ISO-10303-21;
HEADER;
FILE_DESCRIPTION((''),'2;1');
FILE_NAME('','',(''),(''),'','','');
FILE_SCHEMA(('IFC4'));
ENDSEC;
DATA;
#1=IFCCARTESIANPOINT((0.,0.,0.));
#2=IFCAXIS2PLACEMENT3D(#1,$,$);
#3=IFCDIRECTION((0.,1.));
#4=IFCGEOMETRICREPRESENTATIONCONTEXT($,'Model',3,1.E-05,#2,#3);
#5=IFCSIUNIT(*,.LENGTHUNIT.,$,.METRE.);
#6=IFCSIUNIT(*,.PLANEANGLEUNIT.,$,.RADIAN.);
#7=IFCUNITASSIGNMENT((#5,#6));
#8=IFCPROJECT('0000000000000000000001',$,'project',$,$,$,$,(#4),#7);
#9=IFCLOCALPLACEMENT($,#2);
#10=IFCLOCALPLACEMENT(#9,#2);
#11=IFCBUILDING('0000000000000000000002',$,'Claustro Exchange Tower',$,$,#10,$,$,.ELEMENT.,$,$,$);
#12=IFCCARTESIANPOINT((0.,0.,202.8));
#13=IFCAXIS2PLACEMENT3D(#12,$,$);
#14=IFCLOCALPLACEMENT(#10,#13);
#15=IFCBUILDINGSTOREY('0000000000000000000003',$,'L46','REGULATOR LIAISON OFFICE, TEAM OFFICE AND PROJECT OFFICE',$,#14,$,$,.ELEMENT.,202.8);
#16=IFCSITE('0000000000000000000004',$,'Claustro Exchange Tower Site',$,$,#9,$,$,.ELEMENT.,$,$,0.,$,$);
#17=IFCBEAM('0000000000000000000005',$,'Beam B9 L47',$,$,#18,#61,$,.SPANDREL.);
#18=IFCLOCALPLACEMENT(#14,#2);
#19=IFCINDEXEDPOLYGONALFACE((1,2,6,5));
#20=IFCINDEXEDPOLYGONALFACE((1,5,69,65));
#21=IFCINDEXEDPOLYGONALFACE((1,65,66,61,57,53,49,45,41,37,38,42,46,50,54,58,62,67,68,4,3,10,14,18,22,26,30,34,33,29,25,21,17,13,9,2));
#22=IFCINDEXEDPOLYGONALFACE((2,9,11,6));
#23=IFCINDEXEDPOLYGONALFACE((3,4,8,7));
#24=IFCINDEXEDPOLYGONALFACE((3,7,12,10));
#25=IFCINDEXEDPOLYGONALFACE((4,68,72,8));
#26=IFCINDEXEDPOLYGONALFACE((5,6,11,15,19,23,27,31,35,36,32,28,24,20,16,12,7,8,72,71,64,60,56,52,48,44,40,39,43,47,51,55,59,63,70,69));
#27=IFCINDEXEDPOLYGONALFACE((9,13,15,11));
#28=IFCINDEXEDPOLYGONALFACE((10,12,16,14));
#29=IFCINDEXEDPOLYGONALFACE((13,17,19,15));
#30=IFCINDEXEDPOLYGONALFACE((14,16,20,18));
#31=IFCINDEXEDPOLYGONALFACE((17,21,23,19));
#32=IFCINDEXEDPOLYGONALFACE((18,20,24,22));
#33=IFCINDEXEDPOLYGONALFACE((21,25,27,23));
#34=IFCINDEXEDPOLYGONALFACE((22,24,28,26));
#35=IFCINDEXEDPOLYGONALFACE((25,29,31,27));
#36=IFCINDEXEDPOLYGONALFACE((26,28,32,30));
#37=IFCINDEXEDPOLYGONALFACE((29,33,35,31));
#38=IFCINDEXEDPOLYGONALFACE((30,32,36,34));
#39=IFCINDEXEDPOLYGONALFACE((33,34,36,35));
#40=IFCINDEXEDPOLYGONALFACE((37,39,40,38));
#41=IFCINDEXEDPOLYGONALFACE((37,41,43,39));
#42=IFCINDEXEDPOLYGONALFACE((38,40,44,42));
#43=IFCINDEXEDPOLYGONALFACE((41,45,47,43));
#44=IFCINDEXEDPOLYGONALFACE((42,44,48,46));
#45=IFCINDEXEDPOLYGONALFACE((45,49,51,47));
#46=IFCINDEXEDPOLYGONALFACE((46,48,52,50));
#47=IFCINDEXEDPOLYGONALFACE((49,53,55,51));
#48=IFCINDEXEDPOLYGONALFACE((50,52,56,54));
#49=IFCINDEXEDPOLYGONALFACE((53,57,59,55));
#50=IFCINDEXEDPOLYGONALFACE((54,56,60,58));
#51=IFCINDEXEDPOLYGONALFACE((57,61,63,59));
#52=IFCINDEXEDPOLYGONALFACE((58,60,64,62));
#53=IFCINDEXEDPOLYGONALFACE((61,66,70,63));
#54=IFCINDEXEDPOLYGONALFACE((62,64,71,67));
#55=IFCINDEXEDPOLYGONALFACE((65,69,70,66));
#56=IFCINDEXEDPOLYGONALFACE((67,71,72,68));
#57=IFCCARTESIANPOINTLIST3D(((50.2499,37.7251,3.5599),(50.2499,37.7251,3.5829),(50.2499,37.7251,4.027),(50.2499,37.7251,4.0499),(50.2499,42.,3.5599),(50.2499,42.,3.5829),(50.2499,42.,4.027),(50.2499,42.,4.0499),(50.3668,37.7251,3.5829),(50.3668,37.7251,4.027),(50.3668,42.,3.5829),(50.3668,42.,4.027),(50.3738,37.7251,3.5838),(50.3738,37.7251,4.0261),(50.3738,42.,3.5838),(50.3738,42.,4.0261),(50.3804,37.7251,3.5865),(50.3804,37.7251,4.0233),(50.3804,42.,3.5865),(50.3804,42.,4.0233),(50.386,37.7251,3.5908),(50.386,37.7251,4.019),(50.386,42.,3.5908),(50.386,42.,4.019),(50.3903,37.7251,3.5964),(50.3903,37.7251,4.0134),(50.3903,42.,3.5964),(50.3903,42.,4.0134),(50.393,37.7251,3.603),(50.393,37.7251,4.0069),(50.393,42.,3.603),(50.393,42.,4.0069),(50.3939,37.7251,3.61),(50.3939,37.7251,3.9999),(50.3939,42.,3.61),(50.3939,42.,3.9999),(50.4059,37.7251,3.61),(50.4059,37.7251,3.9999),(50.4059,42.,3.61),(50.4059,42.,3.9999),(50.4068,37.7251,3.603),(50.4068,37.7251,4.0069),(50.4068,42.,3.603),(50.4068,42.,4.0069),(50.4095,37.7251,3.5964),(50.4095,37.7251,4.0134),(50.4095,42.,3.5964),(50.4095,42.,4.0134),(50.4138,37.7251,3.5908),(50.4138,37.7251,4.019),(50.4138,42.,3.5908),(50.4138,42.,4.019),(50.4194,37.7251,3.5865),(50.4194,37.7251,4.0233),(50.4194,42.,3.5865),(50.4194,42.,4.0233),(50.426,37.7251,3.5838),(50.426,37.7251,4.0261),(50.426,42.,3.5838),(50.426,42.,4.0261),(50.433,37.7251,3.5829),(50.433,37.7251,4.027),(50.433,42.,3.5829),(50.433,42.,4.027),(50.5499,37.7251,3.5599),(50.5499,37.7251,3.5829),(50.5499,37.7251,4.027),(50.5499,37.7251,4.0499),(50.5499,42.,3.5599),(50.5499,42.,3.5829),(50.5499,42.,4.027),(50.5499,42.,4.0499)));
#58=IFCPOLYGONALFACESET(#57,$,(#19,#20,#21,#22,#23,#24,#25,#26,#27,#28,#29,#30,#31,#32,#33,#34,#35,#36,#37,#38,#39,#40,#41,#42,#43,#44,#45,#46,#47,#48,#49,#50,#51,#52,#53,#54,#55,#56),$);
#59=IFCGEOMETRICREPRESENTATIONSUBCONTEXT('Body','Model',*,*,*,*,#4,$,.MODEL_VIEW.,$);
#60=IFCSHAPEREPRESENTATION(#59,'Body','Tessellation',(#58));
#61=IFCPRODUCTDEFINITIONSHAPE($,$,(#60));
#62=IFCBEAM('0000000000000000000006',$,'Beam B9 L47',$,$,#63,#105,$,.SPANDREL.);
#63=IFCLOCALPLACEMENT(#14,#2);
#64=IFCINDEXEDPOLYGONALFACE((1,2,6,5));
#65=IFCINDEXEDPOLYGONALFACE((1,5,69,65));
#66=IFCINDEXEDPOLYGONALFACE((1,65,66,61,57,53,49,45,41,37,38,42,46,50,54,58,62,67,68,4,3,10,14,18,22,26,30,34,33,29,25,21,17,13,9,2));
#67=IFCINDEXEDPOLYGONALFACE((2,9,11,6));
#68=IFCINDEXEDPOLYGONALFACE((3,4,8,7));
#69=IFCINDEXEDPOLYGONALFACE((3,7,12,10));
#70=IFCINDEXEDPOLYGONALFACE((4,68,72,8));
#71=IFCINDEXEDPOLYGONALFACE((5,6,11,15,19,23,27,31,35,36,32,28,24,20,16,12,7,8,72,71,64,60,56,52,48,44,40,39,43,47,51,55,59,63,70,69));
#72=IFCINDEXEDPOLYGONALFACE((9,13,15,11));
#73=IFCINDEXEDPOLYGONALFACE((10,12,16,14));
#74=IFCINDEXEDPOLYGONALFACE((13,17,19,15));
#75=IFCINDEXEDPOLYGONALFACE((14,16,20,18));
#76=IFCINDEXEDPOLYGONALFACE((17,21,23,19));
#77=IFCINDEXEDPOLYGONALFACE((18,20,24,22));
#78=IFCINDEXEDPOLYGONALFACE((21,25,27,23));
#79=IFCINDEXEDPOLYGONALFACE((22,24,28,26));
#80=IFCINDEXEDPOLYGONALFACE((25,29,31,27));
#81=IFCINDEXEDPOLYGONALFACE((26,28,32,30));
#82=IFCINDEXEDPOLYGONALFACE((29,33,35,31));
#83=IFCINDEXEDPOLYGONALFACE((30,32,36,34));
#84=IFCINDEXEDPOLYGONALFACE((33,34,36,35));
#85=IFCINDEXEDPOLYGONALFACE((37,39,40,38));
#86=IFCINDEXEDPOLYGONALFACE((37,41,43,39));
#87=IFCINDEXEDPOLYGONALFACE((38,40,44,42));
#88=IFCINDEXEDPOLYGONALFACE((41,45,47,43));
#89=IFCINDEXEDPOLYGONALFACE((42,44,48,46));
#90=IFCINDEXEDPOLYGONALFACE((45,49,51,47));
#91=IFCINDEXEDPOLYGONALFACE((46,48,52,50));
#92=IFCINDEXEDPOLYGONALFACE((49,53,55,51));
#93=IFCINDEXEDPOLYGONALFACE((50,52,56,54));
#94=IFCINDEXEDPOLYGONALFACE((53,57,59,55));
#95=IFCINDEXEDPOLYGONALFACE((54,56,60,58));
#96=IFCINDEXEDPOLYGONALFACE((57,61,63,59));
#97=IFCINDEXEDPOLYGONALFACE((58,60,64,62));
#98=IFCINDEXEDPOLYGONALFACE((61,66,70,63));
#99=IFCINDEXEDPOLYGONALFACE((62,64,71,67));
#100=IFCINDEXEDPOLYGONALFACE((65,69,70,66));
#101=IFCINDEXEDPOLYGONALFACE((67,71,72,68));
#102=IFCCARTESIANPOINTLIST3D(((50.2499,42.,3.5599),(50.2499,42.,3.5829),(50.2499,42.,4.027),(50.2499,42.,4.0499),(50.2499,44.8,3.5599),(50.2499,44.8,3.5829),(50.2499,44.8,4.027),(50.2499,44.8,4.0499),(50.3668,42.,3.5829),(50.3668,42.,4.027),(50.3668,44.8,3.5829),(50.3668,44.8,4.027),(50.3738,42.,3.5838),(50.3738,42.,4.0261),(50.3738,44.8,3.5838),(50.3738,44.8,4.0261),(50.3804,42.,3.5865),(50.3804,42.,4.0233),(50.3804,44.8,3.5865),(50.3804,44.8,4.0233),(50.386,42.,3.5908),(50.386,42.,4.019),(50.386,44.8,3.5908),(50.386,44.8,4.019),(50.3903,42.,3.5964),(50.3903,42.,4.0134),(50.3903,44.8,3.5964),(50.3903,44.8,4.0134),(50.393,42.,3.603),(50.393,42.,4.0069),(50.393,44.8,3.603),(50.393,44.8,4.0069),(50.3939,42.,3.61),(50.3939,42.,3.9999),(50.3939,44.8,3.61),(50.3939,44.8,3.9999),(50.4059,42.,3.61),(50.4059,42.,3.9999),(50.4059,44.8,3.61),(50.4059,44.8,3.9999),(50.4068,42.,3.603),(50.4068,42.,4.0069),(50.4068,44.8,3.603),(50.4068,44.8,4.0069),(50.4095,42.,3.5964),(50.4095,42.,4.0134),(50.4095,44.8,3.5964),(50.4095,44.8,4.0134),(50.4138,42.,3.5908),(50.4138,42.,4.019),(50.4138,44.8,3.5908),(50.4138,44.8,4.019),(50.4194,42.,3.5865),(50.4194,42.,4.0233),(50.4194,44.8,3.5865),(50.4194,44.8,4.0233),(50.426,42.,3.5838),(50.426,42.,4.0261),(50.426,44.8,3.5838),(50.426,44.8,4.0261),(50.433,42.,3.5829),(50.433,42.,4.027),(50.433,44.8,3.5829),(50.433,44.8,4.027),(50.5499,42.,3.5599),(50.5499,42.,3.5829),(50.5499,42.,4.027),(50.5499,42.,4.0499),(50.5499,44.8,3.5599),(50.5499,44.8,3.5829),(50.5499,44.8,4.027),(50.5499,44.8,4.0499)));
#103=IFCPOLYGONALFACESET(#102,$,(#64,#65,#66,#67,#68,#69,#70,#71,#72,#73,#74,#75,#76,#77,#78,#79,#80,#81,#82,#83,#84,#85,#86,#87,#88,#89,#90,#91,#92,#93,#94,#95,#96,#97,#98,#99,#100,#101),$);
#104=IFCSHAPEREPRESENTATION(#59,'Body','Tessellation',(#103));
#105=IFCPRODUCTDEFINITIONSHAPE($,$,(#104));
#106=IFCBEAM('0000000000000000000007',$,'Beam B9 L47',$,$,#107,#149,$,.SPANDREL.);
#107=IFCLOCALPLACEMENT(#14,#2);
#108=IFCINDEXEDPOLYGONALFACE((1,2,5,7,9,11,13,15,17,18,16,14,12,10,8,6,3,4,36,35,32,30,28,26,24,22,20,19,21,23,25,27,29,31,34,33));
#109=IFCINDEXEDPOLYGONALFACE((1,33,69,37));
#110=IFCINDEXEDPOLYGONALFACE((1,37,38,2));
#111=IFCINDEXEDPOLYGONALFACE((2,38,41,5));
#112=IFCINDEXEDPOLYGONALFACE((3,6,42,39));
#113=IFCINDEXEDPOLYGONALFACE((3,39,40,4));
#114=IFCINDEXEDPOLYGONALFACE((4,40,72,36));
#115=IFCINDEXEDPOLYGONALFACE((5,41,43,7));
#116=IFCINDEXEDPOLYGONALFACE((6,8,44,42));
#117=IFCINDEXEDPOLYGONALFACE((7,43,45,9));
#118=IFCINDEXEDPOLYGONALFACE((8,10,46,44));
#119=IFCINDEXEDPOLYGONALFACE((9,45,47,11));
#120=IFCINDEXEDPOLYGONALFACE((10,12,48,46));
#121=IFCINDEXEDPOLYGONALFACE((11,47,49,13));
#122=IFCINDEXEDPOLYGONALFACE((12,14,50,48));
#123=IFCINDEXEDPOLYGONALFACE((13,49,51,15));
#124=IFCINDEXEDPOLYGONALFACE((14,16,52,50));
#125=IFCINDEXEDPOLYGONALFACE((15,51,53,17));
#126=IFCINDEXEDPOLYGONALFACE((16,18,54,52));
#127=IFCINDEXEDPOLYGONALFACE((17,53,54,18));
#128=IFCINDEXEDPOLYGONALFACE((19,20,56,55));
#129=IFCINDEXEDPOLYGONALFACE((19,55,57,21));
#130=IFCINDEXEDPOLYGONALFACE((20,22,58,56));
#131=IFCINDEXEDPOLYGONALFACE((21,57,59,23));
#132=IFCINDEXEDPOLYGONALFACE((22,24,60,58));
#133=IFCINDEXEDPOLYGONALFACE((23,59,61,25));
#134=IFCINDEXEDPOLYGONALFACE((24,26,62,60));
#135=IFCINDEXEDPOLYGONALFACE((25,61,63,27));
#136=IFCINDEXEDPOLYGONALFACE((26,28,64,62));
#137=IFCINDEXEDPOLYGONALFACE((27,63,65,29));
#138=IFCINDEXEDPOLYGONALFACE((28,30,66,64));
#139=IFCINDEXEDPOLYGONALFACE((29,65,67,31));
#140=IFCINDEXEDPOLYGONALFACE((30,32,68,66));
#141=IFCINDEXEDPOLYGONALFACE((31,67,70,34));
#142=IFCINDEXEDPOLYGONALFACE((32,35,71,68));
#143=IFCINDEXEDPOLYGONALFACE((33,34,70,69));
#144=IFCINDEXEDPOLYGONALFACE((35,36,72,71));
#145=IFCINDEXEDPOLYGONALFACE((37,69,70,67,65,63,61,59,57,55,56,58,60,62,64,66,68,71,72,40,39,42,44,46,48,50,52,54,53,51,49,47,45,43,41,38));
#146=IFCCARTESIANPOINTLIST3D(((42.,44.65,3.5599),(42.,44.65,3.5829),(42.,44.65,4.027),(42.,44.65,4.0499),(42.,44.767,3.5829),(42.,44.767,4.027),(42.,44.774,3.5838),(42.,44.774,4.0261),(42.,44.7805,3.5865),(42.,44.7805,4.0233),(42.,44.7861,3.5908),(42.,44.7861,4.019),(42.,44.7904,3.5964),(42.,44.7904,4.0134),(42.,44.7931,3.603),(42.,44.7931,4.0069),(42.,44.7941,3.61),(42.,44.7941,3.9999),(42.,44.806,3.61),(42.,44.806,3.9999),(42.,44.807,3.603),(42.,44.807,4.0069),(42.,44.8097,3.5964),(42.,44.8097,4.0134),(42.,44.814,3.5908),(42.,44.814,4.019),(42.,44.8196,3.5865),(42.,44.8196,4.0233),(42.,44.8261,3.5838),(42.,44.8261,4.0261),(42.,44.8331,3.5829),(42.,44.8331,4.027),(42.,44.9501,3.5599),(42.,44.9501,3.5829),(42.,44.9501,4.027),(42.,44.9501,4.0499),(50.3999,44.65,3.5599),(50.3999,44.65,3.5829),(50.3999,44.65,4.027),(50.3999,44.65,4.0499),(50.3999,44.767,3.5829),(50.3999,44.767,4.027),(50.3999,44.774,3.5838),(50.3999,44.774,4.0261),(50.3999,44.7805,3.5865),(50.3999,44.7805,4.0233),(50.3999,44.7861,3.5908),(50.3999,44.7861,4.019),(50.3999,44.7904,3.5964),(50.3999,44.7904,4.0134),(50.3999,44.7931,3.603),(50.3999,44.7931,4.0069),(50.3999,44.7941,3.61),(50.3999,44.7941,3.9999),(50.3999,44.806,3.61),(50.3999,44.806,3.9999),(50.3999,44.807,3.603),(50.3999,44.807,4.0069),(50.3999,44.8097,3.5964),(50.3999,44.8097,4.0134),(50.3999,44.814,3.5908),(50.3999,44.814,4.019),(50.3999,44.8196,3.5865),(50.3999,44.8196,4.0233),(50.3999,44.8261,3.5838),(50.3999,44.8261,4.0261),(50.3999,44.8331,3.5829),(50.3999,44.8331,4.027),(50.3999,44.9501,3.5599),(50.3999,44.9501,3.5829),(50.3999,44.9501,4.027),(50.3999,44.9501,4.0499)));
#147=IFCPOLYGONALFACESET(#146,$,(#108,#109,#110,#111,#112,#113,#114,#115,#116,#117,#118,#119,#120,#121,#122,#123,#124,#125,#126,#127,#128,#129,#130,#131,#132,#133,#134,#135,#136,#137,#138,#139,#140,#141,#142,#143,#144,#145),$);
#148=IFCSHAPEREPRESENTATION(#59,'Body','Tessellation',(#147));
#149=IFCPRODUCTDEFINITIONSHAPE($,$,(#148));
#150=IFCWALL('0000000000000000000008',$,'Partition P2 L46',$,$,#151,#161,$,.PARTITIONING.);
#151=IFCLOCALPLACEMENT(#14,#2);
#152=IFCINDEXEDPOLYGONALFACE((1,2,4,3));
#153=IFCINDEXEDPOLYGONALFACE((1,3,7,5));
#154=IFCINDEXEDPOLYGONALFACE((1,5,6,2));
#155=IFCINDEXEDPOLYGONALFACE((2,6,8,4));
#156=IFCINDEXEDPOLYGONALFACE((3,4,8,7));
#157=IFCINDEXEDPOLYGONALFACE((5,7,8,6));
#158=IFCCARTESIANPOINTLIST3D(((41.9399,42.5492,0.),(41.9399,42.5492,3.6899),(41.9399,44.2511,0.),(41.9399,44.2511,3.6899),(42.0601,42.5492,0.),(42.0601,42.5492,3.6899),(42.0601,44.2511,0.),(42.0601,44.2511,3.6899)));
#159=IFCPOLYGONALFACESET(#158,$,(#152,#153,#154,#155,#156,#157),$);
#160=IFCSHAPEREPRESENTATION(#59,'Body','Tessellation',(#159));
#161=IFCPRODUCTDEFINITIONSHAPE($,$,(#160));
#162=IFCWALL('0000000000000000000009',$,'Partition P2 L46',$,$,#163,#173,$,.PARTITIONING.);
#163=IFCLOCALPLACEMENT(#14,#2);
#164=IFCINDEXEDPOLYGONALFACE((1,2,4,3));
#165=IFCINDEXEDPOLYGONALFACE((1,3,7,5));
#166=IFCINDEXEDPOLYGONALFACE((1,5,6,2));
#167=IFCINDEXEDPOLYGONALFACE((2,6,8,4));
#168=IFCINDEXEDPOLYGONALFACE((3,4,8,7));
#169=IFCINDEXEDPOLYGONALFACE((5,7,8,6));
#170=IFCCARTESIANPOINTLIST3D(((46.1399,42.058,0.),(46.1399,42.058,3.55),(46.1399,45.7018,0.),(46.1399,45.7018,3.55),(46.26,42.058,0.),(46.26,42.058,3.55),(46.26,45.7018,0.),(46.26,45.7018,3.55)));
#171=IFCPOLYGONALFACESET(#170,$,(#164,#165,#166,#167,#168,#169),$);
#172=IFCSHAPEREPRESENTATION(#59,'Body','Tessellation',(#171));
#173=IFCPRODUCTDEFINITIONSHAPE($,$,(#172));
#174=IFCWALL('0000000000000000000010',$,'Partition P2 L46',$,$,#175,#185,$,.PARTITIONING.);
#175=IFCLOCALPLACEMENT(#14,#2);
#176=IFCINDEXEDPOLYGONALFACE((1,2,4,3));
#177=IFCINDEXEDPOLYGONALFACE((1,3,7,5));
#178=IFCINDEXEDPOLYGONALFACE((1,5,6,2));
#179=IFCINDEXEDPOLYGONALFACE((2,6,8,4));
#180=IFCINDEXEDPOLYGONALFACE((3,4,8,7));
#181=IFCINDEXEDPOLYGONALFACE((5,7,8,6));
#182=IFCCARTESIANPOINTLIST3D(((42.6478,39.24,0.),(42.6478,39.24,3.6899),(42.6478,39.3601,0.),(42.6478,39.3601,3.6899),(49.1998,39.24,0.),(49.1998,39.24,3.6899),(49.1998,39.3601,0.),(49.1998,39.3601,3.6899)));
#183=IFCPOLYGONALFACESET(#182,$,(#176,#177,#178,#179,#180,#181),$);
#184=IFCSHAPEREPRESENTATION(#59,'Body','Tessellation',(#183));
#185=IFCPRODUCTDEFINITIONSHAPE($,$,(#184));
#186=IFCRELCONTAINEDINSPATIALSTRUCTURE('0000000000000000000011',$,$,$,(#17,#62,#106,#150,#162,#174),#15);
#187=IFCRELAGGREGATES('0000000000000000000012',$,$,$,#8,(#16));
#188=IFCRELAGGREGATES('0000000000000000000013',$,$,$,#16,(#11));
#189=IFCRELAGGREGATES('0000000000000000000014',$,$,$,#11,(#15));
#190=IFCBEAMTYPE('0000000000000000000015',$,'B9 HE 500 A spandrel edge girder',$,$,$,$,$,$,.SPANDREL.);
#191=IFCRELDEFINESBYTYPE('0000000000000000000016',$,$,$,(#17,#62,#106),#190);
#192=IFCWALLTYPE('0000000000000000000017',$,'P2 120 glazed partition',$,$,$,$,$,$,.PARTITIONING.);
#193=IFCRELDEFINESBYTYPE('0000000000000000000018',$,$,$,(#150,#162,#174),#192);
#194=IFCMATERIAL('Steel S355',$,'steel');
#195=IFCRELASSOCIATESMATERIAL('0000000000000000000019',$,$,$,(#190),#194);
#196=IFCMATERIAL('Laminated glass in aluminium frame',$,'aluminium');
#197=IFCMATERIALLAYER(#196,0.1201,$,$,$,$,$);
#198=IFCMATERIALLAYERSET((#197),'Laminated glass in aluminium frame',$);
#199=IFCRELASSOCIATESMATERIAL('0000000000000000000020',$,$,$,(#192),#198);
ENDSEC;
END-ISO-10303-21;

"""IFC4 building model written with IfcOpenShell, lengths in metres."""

from ifc_helpers import new_model, si_unit, direction, frame, frame_2d, origin, origin_2d, place, context, subcontext, project, spatial, rectangle, i_section, extrude, material, layer, layer_set, material_profile, profile_set, type_object, element, save


model = new_model("IFC4")

# Units and contexts
model_context = context("Model", 3, precision=1e-05, world=origin(), true_north=direction((0.0, 1.0)))
body_context = subcontext(model_context, "Body", "Model", "MODEL_VIEW")
ifc_project = project(units=[si_unit("LENGTHUNIT", "METRE"), si_unit("PLANEANGLEUNIT", "RADIAN")], contexts=[model_context])

# Site, building, storey
site_placement = place(None, origin())
site = spatial("IfcSite", under=ifc_project, at=site_placement, Name="Claustro Exchange Tower Site", CompositionType="ELEMENT", RefElevation=0.0)
building_placement = place(site_placement, origin())
building = spatial("IfcBuilding", under=site, at=building_placement, Name="Claustro Exchange Tower", CompositionType="ELEMENT")
storey_placement = place(building_placement, frame((0.0, 0.0, 202.8)))
storey = spatial("IfcBuildingStorey", under=building, at=storey_placement, Name="L46", Description="REGULATOR LIAISON OFFICE, TEAM OFFICE AND PROJECT OFFICE", CompositionType="ELEMENT", Elevation=202.8)

# Beams
ifc_material_1 = material(Name="Steel S355", Category="steel")
ifc_material_profile_1 = material_profile(ifc_material_1, i_section(OverallWidth=0.3, OverallDepth=0.49, WebThickness=0.012, FlangeThickness=0.0229, FilletRadius=0.0271, at=origin_2d()), Name="HE 500 A")
ifc_profile_set_1 = profile_set([ifc_material_profile_1], Name="Steel S355")
beam_type_1 = type_object("IfcBeamType", Name="B9 HE 500 A spandrel edge girder", PredefinedType="SPANDREL", material=ifc_profile_set_1)
beam_1_placement = place(storey_placement, frame((50.3999, 37.7251, 3.8049), z_axis=(0.0, 1.0, 0.0), x_axis=(-1.0, 0.0, 0.0)))
element("IfcBeam", 1, at=beam_1_placement, inside=storey, type_object=beam_type_1, Name="Beam B9 L47", PredefinedType="SPANDREL", context=body_context, shape_type="SweptSolid", body=[
    extrude(i_section(OverallWidth=0.3, OverallDepth=0.49, WebThickness=0.012, FlangeThickness=0.0229, FilletRadius=0.0271, at=origin_2d()), origin(), (0.0, 0.0, 1.0), 4.2749),
])
beam_2_placement = place(storey_placement, frame((50.3999, 42.0, 3.8049), z_axis=(0.0, 1.0, 0.0), x_axis=(-1.0, 0.0, 0.0)))
element("IfcBeam", 2, at=beam_2_placement, inside=storey, type_object=beam_type_1, Name="Beam B9 L47", PredefinedType="SPANDREL", context=body_context, shape_type="SweptSolid", body=[
    extrude(i_section(OverallWidth=0.3, OverallDepth=0.49, WebThickness=0.012, FlangeThickness=0.0229, FilletRadius=0.0271, at=origin_2d()), origin(), (0.0, 0.0, 1.0), 2.8),
])
beam_3_placement = place(storey_placement, frame((42.0, 44.8, 3.8049), z_axis=(1.0, 0.0, 0.0), x_axis=(0.0, 1.0, 0.0)))
element("IfcBeam", 3, at=beam_3_placement, inside=storey, type_object=beam_type_1, Name="Beam B9 L47", PredefinedType="SPANDREL", context=body_context, shape_type="SweptSolid", body=[
    extrude(i_section(OverallWidth=0.3, OverallDepth=0.49, WebThickness=0.012, FlangeThickness=0.0229, FilletRadius=0.0271, at=origin_2d()), origin(), (0.0, 0.0, 1.0), 8.3999),
])

# Shared definitions
ifc_material_2 = material(Name="Laminated glass in aluminium frame", Category="aluminium")
ifc_layer_1 = layer(ifc_material_2, 0.1201)
ifc_layer_set_1 = layer_set([ifc_layer_1], Name="Laminated glass in aluminium frame")
wall_type_1 = type_object("IfcWallType", Name="P2 120 glazed partition", PredefinedType="PARTITIONING", material=ifc_layer_set_1)

# Walls
wall_1_placement = place(storey_placement, frame((42.0, 42.5491, 0.0), z_axis=(0.0, 0.0, 1.0), x_axis=(0.0, 1.0, 0.0)))
element("IfcWall", 4, at=wall_1_placement, inside=storey, type_object=wall_type_1, Name="Partition P2 L46", PredefinedType="PARTITIONING", context=body_context, shape_type="SweptSolid", body=[
    extrude(rectangle(XDim=1.7019, YDim=0.1201, at=frame_2d((0.8511, 0.0))), origin(), (0.0, 0.0, 1.0), 3.6899),
])
wall_2_placement = place(storey_placement, frame((46.2, 42.0581, 0.0), z_axis=(0.0, 0.0, 1.0), x_axis=(0.0, 1.0, 0.0)))
element("IfcWall", 5, at=wall_2_placement, inside=storey, type_object=wall_type_1, Name="Partition P2 L46", PredefinedType="PARTITIONING", context=body_context, shape_type="SweptSolid", body=[
    extrude(rectangle(XDim=3.6438, YDim=0.1201, at=frame_2d((1.8218, 0.0))), origin(), (0.0, 0.0, 1.0), 3.55),
])
wall_3_placement = place(storey_placement, frame((42.6479, 39.3, 0.0), z_axis=(0.0, 0.0, 1.0), x_axis=(1.0, 0.0, 0.0)))
element("IfcWall", 6, at=wall_3_placement, inside=storey, type_object=wall_type_1, Name="Partition P2 L46", PredefinedType="PARTITIONING", context=body_context, shape_type="SweptSolid", body=[
    extrude(rectangle(XDim=6.552, YDim=0.1201, at=frame_2d((3.2759, 0.0))), origin(), (0.0, 0.0, 1.0), 3.6899),
])

save(model, "model.ifc")
